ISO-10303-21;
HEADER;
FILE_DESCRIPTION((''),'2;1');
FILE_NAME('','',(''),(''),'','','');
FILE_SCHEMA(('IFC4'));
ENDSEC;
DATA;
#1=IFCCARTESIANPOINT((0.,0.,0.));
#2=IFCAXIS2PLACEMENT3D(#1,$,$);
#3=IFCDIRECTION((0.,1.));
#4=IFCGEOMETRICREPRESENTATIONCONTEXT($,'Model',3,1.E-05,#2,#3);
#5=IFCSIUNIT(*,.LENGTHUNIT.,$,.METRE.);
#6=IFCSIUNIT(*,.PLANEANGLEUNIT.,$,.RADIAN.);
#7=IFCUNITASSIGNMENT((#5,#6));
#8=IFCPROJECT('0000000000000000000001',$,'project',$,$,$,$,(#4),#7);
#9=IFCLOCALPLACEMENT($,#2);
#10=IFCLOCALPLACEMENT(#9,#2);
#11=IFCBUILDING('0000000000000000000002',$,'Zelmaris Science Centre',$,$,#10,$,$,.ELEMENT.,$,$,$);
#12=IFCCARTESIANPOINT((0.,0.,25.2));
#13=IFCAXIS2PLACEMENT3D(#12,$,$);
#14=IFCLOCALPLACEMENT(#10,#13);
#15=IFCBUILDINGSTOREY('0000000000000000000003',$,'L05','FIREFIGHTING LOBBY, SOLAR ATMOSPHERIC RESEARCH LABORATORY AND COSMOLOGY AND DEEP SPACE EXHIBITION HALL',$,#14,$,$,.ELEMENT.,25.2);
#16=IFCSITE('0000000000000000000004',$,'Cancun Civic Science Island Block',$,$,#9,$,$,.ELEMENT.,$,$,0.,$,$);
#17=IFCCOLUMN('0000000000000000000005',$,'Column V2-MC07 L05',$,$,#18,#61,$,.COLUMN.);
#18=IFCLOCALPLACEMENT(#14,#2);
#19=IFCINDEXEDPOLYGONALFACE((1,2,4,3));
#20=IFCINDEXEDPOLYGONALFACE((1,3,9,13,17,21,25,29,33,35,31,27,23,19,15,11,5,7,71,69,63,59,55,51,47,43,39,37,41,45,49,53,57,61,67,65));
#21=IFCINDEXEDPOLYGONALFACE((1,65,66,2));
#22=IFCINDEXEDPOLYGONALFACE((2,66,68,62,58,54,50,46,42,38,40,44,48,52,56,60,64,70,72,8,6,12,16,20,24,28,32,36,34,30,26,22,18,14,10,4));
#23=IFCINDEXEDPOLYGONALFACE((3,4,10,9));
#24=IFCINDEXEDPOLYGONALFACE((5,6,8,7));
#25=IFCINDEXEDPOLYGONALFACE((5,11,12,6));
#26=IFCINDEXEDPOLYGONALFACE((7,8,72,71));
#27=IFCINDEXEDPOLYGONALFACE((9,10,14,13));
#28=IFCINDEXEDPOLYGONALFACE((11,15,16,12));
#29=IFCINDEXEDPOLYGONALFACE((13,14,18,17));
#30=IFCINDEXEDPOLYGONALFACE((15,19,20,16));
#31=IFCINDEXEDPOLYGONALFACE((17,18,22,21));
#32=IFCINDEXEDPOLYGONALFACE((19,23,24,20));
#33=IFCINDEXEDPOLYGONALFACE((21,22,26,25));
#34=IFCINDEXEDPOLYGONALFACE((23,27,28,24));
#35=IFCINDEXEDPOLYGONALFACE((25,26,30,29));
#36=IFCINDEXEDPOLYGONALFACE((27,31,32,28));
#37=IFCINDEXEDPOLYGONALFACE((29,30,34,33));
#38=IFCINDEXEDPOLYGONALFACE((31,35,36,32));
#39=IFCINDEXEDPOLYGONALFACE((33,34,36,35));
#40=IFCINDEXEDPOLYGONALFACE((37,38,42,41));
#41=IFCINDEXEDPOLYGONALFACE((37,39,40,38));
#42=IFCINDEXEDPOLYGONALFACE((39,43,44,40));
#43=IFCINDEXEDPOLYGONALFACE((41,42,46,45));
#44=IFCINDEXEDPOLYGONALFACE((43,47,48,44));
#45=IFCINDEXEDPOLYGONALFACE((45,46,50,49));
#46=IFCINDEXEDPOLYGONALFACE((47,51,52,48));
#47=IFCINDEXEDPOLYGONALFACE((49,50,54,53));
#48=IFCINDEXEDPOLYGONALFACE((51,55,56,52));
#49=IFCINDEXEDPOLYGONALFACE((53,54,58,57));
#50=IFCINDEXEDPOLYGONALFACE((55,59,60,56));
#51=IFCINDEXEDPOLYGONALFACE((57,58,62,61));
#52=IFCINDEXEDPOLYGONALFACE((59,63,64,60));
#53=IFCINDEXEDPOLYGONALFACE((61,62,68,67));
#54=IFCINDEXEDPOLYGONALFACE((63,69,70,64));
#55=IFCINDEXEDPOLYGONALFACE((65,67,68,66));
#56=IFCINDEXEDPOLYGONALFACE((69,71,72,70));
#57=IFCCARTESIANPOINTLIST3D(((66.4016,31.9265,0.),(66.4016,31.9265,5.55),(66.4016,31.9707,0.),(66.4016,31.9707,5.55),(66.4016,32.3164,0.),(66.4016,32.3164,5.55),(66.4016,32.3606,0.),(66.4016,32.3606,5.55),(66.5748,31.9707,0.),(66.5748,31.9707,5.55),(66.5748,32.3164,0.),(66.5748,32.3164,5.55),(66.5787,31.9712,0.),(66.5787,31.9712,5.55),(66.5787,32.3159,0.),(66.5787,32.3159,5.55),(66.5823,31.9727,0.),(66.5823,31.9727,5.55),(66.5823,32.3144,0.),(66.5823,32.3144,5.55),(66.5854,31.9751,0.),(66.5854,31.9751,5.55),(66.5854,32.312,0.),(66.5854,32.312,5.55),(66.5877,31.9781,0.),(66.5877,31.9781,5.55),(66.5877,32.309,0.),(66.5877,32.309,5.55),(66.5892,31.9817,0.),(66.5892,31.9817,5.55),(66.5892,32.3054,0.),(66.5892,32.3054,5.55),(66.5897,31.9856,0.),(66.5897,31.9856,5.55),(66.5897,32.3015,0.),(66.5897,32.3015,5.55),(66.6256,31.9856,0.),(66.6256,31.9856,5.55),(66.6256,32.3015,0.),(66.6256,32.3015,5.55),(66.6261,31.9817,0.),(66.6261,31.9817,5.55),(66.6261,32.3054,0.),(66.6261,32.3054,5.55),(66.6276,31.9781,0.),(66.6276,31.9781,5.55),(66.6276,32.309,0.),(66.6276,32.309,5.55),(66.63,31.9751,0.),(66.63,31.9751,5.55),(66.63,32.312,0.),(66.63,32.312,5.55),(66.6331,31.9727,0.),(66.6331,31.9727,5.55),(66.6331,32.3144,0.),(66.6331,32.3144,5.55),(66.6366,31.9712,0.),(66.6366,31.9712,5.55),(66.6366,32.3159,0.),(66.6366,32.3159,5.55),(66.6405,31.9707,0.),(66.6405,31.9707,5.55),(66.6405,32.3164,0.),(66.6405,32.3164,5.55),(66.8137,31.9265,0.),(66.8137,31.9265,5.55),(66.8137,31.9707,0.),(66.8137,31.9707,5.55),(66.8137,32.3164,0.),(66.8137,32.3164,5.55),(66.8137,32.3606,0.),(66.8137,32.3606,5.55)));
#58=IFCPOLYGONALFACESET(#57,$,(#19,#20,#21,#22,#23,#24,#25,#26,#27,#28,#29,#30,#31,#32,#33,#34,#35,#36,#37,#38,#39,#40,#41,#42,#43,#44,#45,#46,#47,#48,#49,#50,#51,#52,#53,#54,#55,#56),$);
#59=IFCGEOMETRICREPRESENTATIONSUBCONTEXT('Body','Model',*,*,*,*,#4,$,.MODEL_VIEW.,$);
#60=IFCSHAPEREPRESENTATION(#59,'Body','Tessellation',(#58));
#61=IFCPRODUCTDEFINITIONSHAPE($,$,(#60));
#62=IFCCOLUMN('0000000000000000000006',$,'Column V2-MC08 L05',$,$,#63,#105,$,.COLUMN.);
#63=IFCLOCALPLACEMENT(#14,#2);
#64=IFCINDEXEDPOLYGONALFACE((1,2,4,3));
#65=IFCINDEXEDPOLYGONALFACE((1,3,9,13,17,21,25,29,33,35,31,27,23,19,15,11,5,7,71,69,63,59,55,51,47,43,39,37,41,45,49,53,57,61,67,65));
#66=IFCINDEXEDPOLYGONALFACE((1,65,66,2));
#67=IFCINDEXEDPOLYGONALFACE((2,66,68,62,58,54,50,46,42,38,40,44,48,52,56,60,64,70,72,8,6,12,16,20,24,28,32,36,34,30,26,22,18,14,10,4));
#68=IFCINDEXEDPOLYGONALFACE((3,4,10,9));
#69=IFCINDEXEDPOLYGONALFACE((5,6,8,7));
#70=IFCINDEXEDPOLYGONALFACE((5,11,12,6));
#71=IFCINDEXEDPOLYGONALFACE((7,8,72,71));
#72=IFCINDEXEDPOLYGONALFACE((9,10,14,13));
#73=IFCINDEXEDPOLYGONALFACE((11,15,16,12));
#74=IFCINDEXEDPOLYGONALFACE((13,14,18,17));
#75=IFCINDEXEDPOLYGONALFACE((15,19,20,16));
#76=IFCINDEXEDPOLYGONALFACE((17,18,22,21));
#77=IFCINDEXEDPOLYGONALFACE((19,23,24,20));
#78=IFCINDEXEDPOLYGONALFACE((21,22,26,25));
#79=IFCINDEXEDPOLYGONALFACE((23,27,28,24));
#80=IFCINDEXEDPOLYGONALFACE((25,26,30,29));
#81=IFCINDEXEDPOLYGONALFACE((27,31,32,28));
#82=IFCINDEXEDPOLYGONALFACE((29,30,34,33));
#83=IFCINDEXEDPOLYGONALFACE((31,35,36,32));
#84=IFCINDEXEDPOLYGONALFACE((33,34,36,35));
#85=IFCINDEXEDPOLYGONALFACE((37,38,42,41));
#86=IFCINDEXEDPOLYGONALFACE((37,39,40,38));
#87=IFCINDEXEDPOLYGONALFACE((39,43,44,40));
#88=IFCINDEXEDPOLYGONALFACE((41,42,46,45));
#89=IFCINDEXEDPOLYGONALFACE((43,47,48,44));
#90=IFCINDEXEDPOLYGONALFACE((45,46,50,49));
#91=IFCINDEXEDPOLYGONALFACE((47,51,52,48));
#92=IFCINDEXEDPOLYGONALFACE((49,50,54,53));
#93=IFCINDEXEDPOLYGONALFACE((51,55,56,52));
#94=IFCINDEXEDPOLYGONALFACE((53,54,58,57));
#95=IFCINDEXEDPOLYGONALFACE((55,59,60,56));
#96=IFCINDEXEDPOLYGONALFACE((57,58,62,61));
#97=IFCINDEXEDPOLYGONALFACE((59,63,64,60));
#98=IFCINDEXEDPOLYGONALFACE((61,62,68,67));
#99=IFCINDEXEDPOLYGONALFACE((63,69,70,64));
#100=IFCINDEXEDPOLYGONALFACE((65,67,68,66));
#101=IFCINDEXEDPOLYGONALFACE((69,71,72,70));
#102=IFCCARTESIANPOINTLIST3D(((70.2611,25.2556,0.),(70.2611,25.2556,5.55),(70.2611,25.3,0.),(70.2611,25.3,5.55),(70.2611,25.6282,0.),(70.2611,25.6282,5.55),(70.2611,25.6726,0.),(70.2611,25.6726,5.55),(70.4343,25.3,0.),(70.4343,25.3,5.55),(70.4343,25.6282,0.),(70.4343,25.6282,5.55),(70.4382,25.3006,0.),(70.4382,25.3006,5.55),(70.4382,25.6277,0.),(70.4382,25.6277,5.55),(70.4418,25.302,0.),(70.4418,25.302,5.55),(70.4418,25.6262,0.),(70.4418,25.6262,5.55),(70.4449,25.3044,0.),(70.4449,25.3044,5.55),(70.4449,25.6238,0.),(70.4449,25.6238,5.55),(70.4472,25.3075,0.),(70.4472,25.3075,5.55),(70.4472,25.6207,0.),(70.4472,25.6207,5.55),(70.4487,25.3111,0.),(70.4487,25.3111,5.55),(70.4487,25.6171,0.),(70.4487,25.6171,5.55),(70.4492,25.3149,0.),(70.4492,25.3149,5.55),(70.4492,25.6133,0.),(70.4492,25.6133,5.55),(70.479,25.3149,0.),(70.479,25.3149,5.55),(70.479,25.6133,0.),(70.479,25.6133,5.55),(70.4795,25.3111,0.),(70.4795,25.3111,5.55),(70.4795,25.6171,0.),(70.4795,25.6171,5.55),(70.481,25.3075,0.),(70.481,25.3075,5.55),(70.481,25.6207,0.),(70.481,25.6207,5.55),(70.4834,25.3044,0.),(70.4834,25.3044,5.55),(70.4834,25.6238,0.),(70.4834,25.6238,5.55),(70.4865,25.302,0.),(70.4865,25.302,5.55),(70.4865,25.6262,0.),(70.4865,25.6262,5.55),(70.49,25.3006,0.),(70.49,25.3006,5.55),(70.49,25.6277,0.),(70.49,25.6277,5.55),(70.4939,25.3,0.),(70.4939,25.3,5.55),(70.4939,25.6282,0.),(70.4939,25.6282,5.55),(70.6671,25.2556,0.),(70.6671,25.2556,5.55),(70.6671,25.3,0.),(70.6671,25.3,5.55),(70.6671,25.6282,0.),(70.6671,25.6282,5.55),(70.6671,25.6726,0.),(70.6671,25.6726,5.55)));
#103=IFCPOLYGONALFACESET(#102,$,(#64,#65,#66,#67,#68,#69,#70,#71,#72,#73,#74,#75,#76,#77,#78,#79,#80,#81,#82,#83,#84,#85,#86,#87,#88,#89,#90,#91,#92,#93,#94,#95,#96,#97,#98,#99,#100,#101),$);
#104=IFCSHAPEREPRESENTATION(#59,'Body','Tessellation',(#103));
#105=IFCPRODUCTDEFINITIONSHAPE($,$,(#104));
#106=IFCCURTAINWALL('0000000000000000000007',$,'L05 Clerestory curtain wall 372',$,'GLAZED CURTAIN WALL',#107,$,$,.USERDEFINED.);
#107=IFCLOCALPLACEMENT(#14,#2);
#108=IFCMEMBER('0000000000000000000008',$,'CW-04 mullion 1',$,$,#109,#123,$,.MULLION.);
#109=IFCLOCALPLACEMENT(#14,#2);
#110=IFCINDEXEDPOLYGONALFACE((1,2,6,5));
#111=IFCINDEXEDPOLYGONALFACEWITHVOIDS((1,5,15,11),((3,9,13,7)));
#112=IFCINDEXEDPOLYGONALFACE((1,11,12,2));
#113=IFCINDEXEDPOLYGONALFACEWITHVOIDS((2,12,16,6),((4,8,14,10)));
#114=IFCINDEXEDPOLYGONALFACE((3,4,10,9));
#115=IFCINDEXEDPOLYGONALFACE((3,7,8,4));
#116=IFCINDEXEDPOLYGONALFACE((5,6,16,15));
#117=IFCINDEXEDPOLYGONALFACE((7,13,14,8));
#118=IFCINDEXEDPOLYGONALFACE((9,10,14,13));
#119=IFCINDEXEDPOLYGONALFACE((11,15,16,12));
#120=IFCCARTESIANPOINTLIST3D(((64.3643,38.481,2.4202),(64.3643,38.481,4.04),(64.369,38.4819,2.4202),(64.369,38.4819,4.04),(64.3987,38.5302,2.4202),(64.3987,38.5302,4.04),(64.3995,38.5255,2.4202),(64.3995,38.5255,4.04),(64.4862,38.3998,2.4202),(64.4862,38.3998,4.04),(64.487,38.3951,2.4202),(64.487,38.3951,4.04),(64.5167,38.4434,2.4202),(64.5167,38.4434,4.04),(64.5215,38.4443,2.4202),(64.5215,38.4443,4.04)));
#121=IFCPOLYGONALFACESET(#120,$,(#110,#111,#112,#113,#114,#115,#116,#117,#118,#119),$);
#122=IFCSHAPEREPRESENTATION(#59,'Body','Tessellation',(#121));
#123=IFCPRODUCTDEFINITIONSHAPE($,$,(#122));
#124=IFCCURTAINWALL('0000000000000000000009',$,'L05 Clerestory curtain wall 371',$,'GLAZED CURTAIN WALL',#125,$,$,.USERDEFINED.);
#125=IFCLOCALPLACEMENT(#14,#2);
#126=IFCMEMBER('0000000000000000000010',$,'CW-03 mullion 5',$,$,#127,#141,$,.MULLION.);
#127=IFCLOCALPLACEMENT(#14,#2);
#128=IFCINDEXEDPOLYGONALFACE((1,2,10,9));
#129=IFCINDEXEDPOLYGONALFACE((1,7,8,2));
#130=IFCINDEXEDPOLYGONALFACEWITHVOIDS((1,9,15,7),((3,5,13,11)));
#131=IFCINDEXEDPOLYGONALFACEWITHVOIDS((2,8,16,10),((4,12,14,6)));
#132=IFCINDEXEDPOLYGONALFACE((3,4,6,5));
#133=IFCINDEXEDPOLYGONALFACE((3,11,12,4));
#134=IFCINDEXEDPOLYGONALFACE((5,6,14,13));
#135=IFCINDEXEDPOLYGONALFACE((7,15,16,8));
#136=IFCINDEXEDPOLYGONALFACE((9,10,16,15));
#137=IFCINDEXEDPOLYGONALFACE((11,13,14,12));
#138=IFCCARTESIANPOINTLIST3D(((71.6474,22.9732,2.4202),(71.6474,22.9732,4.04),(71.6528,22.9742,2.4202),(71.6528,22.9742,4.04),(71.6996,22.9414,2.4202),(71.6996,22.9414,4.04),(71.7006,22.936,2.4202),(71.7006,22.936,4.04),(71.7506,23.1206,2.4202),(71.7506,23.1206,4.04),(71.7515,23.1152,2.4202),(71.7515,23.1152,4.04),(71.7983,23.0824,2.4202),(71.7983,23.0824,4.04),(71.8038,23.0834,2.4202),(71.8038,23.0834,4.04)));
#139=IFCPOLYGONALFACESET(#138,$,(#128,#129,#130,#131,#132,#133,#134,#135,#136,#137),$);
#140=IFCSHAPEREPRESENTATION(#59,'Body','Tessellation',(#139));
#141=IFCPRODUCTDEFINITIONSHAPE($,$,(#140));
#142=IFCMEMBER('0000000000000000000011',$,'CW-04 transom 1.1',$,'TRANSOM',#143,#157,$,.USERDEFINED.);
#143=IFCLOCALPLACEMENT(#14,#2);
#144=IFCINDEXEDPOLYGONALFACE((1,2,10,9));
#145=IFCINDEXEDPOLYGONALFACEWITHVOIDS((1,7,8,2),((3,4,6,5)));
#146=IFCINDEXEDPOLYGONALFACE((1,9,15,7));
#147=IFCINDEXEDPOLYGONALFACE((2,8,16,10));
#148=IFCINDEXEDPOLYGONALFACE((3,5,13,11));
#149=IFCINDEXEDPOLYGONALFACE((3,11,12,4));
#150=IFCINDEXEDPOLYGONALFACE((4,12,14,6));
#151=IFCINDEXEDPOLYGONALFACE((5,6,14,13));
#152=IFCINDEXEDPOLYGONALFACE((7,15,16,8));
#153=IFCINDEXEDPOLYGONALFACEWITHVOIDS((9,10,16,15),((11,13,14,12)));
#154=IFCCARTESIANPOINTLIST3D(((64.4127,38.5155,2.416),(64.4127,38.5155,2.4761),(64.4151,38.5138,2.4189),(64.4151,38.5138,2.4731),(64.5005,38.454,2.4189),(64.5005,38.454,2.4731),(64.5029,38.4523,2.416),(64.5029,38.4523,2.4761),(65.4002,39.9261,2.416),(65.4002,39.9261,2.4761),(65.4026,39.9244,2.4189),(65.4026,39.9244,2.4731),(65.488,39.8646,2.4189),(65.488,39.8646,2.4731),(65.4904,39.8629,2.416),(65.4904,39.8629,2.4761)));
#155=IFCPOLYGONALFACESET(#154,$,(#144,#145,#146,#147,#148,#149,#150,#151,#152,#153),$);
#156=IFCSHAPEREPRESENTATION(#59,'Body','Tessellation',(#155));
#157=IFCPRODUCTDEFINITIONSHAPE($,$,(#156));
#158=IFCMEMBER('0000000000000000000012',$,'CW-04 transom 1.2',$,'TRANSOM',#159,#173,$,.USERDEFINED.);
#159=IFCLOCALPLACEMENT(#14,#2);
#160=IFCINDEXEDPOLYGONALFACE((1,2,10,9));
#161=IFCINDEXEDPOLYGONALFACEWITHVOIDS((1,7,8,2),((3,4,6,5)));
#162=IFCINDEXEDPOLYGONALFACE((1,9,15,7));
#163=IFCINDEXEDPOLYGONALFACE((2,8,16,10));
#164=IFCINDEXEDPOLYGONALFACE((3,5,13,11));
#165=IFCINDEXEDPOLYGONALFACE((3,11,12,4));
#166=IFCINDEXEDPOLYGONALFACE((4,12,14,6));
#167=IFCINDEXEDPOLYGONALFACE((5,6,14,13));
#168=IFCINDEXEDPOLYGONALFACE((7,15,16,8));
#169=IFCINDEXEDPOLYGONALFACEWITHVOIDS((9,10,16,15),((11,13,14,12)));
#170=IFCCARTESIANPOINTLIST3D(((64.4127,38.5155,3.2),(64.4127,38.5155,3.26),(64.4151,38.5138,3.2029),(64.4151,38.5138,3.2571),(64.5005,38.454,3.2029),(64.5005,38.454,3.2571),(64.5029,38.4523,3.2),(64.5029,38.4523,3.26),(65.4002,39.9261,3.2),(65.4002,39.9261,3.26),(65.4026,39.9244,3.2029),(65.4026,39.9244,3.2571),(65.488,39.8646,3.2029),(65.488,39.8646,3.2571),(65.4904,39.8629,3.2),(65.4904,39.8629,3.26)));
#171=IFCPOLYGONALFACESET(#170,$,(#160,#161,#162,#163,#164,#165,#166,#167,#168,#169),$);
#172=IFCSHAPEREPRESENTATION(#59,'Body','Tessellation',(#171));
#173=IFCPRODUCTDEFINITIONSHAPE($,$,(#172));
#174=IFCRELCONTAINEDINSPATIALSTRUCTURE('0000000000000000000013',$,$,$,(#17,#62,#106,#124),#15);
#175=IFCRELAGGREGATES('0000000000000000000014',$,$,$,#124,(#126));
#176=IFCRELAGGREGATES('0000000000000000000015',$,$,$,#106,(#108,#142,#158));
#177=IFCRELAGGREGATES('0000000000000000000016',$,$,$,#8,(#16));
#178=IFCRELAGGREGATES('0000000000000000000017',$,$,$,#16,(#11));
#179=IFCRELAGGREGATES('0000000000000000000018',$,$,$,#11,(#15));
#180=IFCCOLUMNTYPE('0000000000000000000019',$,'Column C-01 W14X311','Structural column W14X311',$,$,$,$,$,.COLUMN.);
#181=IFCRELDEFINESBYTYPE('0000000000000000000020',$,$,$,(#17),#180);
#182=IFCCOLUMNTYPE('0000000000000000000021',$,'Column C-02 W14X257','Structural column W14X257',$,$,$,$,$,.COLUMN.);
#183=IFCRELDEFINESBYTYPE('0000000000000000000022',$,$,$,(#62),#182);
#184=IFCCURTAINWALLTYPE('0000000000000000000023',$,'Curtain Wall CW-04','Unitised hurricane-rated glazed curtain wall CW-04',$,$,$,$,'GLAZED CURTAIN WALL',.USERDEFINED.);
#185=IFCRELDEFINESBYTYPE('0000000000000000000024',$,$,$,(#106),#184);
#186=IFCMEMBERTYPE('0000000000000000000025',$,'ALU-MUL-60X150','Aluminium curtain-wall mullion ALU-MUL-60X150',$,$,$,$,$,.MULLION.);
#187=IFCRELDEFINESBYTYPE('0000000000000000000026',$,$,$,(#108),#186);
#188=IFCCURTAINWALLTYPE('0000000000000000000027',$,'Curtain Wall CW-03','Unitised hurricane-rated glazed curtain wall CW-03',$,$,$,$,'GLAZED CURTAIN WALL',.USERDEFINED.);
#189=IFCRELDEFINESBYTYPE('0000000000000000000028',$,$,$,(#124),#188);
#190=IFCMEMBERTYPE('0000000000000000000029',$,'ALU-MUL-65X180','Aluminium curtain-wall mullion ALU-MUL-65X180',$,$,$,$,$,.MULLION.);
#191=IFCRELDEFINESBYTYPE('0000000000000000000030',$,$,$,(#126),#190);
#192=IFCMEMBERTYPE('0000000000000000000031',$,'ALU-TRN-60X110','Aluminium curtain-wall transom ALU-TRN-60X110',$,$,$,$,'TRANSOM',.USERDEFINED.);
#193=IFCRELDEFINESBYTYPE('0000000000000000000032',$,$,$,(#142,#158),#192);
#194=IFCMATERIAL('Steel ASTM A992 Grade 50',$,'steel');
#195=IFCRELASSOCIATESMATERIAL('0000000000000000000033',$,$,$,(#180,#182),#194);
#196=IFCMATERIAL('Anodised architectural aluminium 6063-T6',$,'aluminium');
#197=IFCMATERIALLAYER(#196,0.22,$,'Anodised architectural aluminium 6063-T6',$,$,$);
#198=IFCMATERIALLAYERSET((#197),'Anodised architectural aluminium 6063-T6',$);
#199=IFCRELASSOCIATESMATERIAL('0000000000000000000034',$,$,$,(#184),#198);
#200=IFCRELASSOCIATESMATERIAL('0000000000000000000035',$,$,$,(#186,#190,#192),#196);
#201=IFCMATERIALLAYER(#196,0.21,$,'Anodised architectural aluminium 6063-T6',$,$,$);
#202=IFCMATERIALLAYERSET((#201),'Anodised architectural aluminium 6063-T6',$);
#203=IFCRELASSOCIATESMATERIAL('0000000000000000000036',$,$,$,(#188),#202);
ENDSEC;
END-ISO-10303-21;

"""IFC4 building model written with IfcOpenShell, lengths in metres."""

from ifc_helpers import new_model, si_unit, direction, frame, origin, origin_2d, place, context, subcontext, project, spatial, hollow_rectangle, i_section, extrude, material, layer, layer_set, material_profile, profile_set, type_object, element, aggregate, save


model = new_model("IFC4")

# Units and contexts
model_context = context("Model", 3, precision=1e-05, world=origin(), true_north=direction((0.0, 1.0)))
body_context = subcontext(model_context, "Body", "Model", "MODEL_VIEW")
ifc_project = project(units=[si_unit("LENGTHUNIT", "METRE"), si_unit("PLANEANGLEUNIT", "RADIAN")], contexts=[model_context])

# Site, building, storey
site_placement = place(None, origin())
site = spatial("IfcSite", under=ifc_project, at=site_placement, Name="Cancun Civic Science Island Block", CompositionType="ELEMENT", RefElevation=0.0)
building_placement = place(site_placement, origin())
building = spatial("IfcBuilding", under=site, at=building_placement, Name="Zelmaris Science Centre", CompositionType="ELEMENT")
storey_placement = place(building_placement, frame((0.0, 0.0, 25.2)))
storey = spatial("IfcBuildingStorey", under=building, at=storey_placement, Name="L05", Description="FIREFIGHTING LOBBY, SOLAR ATMOSPHERIC RESEARCH LABORATORY AND COSMOLOGY AND DEEP SPACE EXHIBITION HALL", CompositionType="ELEMENT", Elevation=25.2)

# Columns
ifc_material_1 = material(Name="Steel ASTM A992 Grade 50", Category="steel")
ifc_material_profile_1 = material_profile(ifc_material_1, i_section(OverallWidth=0.4121, OverallDepth=0.4341, WebThickness=0.0359, FlangeThickness=0.0442, FilletRadius=0.0149, at=origin_2d()), Name="W14X311")
ifc_profile_set_1 = profile_set([ifc_material_profile_1], Name="Steel ASTM A992 Grade 50")
column_type_1 = type_object("IfcColumnType", Name="Column C-01 W14X311", Description="Structural column W14X311", PredefinedType="COLUMN", material=ifc_profile_set_1)
column_1_placement = place(storey_placement, frame((66.6077, 32.1436, 0.0), z_axis=(0.0, 0.0, 1.0), x_axis=(1.0, 0.0, 0.0)))
element("IfcColumn", 1, at=column_1_placement, inside=storey, type_object=column_type_1, Name="Column V2-MC07 L05", PredefinedType="COLUMN", context=body_context, shape_type="SweptSolid", body=[
    extrude(i_section(OverallWidth=0.4121, OverallDepth=0.4341, WebThickness=0.0359, FlangeThickness=0.0442, FilletRadius=0.0149, at=origin_2d()), origin(), (0.0, 0.0, 1.0), 5.55),
])
ifc_material_profile_2 = material_profile(ifc_material_1, i_section(OverallWidth=0.406, OverallDepth=0.417, WebThickness=0.0298, FlangeThickness=0.0444, FilletRadius=0.0149, at=origin_2d()), Name="W14X257")
ifc_profile_set_2 = profile_set([ifc_material_profile_2], Name="Steel ASTM A992 Grade 50")
column_type_2 = type_object("IfcColumnType", Name="Column C-02 W14X257", Description="Structural column W14X257", PredefinedType="COLUMN", material=ifc_profile_set_2)
column_2_placement = place(storey_placement, frame((70.4641, 25.4641, 0.0), z_axis=(0.0, 0.0, 1.0), x_axis=(1.0, 0.0, 0.0)))
element("IfcColumn", 2, at=column_2_placement, inside=storey, type_object=column_type_2, Name="Column V2-MC08 L05", PredefinedType="COLUMN", context=body_context, shape_type="SweptSolid", body=[
    extrude(i_section(OverallWidth=0.406, OverallDepth=0.417, WebThickness=0.0298, FlangeThickness=0.0444, FilletRadius=0.0149, at=origin_2d()), origin(), (0.0, 0.0, 1.0), 5.55),
])

# Curtain walls, members
ifc_material_2 = material(Name="Anodised architectural aluminium 6063-T6", Category="aluminium")
ifc_layer_1 = layer(ifc_material_2, 0.22, Name="Anodised architectural aluminium 6063-T6")
ifc_layer_set_1 = layer_set([ifc_layer_1], Name="Anodised architectural aluminium 6063-T6")
curtain_wall_type_1 = type_object("IfcCurtainWallType", Name="Curtain Wall CW-04", Description="Unitised hurricane-rated glazed curtain wall CW-04", ElementType="GLAZED CURTAIN WALL", PredefinedType="USERDEFINED", material=ifc_layer_set_1)
curtain_wall_1_placement = place(storey_placement, origin())
curtain_wall_1 = element("IfcCurtainWall", 3, at=curtain_wall_1_placement, inside=storey, type_object=curtain_wall_type_1, Name="L05 Clerestory curtain wall 372", ObjectType="GLAZED CURTAIN WALL", PredefinedType="USERDEFINED")
ifc_material_profile_3 = material_profile(ifc_material_2, hollow_rectangle(XDim=0.0601, YDim=0.1499, WallThickness=0.0034, at=origin_2d()), Name="ALU-MUL-60X150")
ifc_profile_set_3 = profile_set([ifc_material_profile_3], Name="Anodised architectural aluminium 6063-T6")
member_type_1 = type_object("IfcMemberType", Name="ALU-MUL-60X150", Description="Aluminium curtain-wall mullion ALU-MUL-60X150", PredefinedType="MULLION", material=ifc_profile_set_3)
member_1_placement = place(storey_placement, frame((64.4429, 38.4626, 2.4202), z_axis=(0.0, 0.0, 1.0), x_axis=(0.573575, 0.819153, 0.0)))
member_1 = element("IfcMember", 4, at=member_1_placement, type_object=member_type_1, Name="CW-04 mullion 1", PredefinedType="MULLION", context=body_context, shape_type="SweptSolid", body=[
    extrude(hollow_rectangle(XDim=0.0601, YDim=0.1499, WallThickness=0.0034, at=origin_2d()), origin(), (0.0, 0.0, 1.0), 1.6199),
])
ifc_layer_2 = layer(ifc_material_2, 0.21, Name="Anodised architectural aluminium 6063-T6")
ifc_layer_set_2 = layer_set([ifc_layer_2], Name="Anodised architectural aluminium 6063-T6")
curtain_wall_type_2 = type_object("IfcCurtainWallType", Name="Curtain Wall CW-03", Description="Unitised hurricane-rated glazed curtain wall CW-03", ElementType="GLAZED CURTAIN WALL", PredefinedType="USERDEFINED", material=ifc_layer_set_2)
curtain_wall_2_placement = place(storey_placement, origin())
curtain_wall_2 = element("IfcCurtainWall", 5, at=curtain_wall_2_placement, inside=storey, type_object=curtain_wall_type_2, Name="L05 Clerestory curtain wall 371", ObjectType="GLAZED CURTAIN WALL", PredefinedType="USERDEFINED")
ifc_material_profile_4 = material_profile(ifc_material_2, hollow_rectangle(XDim=0.0649, YDim=0.1799, WallThickness=0.0039, at=origin_2d()), Name="ALU-MUL-65X180")
ifc_profile_set_4 = profile_set([ifc_material_profile_4], Name="Anodised architectural aluminium 6063-T6")
member_type_2 = type_object("IfcMemberType", Name="ALU-MUL-65X180", Description="Aluminium curtain-wall mullion ALU-MUL-65X180", PredefinedType="MULLION", material=ifc_profile_set_4)
member_2_placement = place(storey_placement, frame((71.7256, 23.0283, 2.4202), z_axis=(0.0, 0.0, 1.0), x_axis=(-0.819154, 0.573574, 0.0)))
member_2 = element("IfcMember", 6, at=member_2_placement, type_object=member_type_2, Name="CW-03 mullion 5", PredefinedType="MULLION", context=body_context, shape_type="SweptSolid", body=[
    extrude(hollow_rectangle(XDim=0.0649, YDim=0.1799, WallThickness=0.0039, at=origin_2d()), origin(), (0.0, 0.0, 1.0), 1.6199),
])
aggregate(curtain_wall_2, [member_2])

# Members
ifc_material_profile_5 = material_profile(ifc_material_2, hollow_rectangle(XDim=0.0601, YDim=0.1101, WallThickness=0.0029, at=origin_2d()), Name="ALU-TRN-60X110")
ifc_profile_set_5 = profile_set([ifc_material_profile_5], Name="Anodised architectural aluminium 6063-T6")
member_type_3 = type_object("IfcMemberType", Name="ALU-TRN-60X110", Description="Aluminium curtain-wall transom ALU-TRN-60X110", ElementType="TRANSOM", PredefinedType="USERDEFINED", material=ifc_profile_set_5)
member_3_placement = place(storey_placement, frame((64.4578, 38.4839, 2.446), z_axis=(0.5735, 0.819205, 0.0), x_axis=(0.0, 0.0, 1.0)))
member_3 = element("IfcMember", 7, at=member_3_placement, type_object=member_type_3, Name="CW-04 transom 1.1", ObjectType="TRANSOM", PredefinedType="USERDEFINED", context=body_context, shape_type="SweptSolid", body=[
    extrude(hollow_rectangle(XDim=0.0601, YDim=0.1101, WallThickness=0.0029, at=origin_2d()), origin(), (0.0, 0.0, 1.0), 1.7219),
])
member_4_placement = place(storey_placement, frame((64.4578, 38.4839, 3.23), z_axis=(0.5735, 0.819205, 0.0), x_axis=(0.0, 0.0, 1.0)))
member_4 = element("IfcMember", 8, at=member_4_placement, type_object=member_type_3, Name="CW-04 transom 1.2", ObjectType="TRANSOM", PredefinedType="USERDEFINED", context=body_context, shape_type="SweptSolid", body=[
    extrude(hollow_rectangle(XDim=0.0601, YDim=0.1101, WallThickness=0.0029, at=origin_2d()), origin(), (0.0, 0.0, 1.0), 1.7219),
])
aggregate(curtain_wall_1, [member_1, member_3, member_4])

save(model, "model.ifc")
